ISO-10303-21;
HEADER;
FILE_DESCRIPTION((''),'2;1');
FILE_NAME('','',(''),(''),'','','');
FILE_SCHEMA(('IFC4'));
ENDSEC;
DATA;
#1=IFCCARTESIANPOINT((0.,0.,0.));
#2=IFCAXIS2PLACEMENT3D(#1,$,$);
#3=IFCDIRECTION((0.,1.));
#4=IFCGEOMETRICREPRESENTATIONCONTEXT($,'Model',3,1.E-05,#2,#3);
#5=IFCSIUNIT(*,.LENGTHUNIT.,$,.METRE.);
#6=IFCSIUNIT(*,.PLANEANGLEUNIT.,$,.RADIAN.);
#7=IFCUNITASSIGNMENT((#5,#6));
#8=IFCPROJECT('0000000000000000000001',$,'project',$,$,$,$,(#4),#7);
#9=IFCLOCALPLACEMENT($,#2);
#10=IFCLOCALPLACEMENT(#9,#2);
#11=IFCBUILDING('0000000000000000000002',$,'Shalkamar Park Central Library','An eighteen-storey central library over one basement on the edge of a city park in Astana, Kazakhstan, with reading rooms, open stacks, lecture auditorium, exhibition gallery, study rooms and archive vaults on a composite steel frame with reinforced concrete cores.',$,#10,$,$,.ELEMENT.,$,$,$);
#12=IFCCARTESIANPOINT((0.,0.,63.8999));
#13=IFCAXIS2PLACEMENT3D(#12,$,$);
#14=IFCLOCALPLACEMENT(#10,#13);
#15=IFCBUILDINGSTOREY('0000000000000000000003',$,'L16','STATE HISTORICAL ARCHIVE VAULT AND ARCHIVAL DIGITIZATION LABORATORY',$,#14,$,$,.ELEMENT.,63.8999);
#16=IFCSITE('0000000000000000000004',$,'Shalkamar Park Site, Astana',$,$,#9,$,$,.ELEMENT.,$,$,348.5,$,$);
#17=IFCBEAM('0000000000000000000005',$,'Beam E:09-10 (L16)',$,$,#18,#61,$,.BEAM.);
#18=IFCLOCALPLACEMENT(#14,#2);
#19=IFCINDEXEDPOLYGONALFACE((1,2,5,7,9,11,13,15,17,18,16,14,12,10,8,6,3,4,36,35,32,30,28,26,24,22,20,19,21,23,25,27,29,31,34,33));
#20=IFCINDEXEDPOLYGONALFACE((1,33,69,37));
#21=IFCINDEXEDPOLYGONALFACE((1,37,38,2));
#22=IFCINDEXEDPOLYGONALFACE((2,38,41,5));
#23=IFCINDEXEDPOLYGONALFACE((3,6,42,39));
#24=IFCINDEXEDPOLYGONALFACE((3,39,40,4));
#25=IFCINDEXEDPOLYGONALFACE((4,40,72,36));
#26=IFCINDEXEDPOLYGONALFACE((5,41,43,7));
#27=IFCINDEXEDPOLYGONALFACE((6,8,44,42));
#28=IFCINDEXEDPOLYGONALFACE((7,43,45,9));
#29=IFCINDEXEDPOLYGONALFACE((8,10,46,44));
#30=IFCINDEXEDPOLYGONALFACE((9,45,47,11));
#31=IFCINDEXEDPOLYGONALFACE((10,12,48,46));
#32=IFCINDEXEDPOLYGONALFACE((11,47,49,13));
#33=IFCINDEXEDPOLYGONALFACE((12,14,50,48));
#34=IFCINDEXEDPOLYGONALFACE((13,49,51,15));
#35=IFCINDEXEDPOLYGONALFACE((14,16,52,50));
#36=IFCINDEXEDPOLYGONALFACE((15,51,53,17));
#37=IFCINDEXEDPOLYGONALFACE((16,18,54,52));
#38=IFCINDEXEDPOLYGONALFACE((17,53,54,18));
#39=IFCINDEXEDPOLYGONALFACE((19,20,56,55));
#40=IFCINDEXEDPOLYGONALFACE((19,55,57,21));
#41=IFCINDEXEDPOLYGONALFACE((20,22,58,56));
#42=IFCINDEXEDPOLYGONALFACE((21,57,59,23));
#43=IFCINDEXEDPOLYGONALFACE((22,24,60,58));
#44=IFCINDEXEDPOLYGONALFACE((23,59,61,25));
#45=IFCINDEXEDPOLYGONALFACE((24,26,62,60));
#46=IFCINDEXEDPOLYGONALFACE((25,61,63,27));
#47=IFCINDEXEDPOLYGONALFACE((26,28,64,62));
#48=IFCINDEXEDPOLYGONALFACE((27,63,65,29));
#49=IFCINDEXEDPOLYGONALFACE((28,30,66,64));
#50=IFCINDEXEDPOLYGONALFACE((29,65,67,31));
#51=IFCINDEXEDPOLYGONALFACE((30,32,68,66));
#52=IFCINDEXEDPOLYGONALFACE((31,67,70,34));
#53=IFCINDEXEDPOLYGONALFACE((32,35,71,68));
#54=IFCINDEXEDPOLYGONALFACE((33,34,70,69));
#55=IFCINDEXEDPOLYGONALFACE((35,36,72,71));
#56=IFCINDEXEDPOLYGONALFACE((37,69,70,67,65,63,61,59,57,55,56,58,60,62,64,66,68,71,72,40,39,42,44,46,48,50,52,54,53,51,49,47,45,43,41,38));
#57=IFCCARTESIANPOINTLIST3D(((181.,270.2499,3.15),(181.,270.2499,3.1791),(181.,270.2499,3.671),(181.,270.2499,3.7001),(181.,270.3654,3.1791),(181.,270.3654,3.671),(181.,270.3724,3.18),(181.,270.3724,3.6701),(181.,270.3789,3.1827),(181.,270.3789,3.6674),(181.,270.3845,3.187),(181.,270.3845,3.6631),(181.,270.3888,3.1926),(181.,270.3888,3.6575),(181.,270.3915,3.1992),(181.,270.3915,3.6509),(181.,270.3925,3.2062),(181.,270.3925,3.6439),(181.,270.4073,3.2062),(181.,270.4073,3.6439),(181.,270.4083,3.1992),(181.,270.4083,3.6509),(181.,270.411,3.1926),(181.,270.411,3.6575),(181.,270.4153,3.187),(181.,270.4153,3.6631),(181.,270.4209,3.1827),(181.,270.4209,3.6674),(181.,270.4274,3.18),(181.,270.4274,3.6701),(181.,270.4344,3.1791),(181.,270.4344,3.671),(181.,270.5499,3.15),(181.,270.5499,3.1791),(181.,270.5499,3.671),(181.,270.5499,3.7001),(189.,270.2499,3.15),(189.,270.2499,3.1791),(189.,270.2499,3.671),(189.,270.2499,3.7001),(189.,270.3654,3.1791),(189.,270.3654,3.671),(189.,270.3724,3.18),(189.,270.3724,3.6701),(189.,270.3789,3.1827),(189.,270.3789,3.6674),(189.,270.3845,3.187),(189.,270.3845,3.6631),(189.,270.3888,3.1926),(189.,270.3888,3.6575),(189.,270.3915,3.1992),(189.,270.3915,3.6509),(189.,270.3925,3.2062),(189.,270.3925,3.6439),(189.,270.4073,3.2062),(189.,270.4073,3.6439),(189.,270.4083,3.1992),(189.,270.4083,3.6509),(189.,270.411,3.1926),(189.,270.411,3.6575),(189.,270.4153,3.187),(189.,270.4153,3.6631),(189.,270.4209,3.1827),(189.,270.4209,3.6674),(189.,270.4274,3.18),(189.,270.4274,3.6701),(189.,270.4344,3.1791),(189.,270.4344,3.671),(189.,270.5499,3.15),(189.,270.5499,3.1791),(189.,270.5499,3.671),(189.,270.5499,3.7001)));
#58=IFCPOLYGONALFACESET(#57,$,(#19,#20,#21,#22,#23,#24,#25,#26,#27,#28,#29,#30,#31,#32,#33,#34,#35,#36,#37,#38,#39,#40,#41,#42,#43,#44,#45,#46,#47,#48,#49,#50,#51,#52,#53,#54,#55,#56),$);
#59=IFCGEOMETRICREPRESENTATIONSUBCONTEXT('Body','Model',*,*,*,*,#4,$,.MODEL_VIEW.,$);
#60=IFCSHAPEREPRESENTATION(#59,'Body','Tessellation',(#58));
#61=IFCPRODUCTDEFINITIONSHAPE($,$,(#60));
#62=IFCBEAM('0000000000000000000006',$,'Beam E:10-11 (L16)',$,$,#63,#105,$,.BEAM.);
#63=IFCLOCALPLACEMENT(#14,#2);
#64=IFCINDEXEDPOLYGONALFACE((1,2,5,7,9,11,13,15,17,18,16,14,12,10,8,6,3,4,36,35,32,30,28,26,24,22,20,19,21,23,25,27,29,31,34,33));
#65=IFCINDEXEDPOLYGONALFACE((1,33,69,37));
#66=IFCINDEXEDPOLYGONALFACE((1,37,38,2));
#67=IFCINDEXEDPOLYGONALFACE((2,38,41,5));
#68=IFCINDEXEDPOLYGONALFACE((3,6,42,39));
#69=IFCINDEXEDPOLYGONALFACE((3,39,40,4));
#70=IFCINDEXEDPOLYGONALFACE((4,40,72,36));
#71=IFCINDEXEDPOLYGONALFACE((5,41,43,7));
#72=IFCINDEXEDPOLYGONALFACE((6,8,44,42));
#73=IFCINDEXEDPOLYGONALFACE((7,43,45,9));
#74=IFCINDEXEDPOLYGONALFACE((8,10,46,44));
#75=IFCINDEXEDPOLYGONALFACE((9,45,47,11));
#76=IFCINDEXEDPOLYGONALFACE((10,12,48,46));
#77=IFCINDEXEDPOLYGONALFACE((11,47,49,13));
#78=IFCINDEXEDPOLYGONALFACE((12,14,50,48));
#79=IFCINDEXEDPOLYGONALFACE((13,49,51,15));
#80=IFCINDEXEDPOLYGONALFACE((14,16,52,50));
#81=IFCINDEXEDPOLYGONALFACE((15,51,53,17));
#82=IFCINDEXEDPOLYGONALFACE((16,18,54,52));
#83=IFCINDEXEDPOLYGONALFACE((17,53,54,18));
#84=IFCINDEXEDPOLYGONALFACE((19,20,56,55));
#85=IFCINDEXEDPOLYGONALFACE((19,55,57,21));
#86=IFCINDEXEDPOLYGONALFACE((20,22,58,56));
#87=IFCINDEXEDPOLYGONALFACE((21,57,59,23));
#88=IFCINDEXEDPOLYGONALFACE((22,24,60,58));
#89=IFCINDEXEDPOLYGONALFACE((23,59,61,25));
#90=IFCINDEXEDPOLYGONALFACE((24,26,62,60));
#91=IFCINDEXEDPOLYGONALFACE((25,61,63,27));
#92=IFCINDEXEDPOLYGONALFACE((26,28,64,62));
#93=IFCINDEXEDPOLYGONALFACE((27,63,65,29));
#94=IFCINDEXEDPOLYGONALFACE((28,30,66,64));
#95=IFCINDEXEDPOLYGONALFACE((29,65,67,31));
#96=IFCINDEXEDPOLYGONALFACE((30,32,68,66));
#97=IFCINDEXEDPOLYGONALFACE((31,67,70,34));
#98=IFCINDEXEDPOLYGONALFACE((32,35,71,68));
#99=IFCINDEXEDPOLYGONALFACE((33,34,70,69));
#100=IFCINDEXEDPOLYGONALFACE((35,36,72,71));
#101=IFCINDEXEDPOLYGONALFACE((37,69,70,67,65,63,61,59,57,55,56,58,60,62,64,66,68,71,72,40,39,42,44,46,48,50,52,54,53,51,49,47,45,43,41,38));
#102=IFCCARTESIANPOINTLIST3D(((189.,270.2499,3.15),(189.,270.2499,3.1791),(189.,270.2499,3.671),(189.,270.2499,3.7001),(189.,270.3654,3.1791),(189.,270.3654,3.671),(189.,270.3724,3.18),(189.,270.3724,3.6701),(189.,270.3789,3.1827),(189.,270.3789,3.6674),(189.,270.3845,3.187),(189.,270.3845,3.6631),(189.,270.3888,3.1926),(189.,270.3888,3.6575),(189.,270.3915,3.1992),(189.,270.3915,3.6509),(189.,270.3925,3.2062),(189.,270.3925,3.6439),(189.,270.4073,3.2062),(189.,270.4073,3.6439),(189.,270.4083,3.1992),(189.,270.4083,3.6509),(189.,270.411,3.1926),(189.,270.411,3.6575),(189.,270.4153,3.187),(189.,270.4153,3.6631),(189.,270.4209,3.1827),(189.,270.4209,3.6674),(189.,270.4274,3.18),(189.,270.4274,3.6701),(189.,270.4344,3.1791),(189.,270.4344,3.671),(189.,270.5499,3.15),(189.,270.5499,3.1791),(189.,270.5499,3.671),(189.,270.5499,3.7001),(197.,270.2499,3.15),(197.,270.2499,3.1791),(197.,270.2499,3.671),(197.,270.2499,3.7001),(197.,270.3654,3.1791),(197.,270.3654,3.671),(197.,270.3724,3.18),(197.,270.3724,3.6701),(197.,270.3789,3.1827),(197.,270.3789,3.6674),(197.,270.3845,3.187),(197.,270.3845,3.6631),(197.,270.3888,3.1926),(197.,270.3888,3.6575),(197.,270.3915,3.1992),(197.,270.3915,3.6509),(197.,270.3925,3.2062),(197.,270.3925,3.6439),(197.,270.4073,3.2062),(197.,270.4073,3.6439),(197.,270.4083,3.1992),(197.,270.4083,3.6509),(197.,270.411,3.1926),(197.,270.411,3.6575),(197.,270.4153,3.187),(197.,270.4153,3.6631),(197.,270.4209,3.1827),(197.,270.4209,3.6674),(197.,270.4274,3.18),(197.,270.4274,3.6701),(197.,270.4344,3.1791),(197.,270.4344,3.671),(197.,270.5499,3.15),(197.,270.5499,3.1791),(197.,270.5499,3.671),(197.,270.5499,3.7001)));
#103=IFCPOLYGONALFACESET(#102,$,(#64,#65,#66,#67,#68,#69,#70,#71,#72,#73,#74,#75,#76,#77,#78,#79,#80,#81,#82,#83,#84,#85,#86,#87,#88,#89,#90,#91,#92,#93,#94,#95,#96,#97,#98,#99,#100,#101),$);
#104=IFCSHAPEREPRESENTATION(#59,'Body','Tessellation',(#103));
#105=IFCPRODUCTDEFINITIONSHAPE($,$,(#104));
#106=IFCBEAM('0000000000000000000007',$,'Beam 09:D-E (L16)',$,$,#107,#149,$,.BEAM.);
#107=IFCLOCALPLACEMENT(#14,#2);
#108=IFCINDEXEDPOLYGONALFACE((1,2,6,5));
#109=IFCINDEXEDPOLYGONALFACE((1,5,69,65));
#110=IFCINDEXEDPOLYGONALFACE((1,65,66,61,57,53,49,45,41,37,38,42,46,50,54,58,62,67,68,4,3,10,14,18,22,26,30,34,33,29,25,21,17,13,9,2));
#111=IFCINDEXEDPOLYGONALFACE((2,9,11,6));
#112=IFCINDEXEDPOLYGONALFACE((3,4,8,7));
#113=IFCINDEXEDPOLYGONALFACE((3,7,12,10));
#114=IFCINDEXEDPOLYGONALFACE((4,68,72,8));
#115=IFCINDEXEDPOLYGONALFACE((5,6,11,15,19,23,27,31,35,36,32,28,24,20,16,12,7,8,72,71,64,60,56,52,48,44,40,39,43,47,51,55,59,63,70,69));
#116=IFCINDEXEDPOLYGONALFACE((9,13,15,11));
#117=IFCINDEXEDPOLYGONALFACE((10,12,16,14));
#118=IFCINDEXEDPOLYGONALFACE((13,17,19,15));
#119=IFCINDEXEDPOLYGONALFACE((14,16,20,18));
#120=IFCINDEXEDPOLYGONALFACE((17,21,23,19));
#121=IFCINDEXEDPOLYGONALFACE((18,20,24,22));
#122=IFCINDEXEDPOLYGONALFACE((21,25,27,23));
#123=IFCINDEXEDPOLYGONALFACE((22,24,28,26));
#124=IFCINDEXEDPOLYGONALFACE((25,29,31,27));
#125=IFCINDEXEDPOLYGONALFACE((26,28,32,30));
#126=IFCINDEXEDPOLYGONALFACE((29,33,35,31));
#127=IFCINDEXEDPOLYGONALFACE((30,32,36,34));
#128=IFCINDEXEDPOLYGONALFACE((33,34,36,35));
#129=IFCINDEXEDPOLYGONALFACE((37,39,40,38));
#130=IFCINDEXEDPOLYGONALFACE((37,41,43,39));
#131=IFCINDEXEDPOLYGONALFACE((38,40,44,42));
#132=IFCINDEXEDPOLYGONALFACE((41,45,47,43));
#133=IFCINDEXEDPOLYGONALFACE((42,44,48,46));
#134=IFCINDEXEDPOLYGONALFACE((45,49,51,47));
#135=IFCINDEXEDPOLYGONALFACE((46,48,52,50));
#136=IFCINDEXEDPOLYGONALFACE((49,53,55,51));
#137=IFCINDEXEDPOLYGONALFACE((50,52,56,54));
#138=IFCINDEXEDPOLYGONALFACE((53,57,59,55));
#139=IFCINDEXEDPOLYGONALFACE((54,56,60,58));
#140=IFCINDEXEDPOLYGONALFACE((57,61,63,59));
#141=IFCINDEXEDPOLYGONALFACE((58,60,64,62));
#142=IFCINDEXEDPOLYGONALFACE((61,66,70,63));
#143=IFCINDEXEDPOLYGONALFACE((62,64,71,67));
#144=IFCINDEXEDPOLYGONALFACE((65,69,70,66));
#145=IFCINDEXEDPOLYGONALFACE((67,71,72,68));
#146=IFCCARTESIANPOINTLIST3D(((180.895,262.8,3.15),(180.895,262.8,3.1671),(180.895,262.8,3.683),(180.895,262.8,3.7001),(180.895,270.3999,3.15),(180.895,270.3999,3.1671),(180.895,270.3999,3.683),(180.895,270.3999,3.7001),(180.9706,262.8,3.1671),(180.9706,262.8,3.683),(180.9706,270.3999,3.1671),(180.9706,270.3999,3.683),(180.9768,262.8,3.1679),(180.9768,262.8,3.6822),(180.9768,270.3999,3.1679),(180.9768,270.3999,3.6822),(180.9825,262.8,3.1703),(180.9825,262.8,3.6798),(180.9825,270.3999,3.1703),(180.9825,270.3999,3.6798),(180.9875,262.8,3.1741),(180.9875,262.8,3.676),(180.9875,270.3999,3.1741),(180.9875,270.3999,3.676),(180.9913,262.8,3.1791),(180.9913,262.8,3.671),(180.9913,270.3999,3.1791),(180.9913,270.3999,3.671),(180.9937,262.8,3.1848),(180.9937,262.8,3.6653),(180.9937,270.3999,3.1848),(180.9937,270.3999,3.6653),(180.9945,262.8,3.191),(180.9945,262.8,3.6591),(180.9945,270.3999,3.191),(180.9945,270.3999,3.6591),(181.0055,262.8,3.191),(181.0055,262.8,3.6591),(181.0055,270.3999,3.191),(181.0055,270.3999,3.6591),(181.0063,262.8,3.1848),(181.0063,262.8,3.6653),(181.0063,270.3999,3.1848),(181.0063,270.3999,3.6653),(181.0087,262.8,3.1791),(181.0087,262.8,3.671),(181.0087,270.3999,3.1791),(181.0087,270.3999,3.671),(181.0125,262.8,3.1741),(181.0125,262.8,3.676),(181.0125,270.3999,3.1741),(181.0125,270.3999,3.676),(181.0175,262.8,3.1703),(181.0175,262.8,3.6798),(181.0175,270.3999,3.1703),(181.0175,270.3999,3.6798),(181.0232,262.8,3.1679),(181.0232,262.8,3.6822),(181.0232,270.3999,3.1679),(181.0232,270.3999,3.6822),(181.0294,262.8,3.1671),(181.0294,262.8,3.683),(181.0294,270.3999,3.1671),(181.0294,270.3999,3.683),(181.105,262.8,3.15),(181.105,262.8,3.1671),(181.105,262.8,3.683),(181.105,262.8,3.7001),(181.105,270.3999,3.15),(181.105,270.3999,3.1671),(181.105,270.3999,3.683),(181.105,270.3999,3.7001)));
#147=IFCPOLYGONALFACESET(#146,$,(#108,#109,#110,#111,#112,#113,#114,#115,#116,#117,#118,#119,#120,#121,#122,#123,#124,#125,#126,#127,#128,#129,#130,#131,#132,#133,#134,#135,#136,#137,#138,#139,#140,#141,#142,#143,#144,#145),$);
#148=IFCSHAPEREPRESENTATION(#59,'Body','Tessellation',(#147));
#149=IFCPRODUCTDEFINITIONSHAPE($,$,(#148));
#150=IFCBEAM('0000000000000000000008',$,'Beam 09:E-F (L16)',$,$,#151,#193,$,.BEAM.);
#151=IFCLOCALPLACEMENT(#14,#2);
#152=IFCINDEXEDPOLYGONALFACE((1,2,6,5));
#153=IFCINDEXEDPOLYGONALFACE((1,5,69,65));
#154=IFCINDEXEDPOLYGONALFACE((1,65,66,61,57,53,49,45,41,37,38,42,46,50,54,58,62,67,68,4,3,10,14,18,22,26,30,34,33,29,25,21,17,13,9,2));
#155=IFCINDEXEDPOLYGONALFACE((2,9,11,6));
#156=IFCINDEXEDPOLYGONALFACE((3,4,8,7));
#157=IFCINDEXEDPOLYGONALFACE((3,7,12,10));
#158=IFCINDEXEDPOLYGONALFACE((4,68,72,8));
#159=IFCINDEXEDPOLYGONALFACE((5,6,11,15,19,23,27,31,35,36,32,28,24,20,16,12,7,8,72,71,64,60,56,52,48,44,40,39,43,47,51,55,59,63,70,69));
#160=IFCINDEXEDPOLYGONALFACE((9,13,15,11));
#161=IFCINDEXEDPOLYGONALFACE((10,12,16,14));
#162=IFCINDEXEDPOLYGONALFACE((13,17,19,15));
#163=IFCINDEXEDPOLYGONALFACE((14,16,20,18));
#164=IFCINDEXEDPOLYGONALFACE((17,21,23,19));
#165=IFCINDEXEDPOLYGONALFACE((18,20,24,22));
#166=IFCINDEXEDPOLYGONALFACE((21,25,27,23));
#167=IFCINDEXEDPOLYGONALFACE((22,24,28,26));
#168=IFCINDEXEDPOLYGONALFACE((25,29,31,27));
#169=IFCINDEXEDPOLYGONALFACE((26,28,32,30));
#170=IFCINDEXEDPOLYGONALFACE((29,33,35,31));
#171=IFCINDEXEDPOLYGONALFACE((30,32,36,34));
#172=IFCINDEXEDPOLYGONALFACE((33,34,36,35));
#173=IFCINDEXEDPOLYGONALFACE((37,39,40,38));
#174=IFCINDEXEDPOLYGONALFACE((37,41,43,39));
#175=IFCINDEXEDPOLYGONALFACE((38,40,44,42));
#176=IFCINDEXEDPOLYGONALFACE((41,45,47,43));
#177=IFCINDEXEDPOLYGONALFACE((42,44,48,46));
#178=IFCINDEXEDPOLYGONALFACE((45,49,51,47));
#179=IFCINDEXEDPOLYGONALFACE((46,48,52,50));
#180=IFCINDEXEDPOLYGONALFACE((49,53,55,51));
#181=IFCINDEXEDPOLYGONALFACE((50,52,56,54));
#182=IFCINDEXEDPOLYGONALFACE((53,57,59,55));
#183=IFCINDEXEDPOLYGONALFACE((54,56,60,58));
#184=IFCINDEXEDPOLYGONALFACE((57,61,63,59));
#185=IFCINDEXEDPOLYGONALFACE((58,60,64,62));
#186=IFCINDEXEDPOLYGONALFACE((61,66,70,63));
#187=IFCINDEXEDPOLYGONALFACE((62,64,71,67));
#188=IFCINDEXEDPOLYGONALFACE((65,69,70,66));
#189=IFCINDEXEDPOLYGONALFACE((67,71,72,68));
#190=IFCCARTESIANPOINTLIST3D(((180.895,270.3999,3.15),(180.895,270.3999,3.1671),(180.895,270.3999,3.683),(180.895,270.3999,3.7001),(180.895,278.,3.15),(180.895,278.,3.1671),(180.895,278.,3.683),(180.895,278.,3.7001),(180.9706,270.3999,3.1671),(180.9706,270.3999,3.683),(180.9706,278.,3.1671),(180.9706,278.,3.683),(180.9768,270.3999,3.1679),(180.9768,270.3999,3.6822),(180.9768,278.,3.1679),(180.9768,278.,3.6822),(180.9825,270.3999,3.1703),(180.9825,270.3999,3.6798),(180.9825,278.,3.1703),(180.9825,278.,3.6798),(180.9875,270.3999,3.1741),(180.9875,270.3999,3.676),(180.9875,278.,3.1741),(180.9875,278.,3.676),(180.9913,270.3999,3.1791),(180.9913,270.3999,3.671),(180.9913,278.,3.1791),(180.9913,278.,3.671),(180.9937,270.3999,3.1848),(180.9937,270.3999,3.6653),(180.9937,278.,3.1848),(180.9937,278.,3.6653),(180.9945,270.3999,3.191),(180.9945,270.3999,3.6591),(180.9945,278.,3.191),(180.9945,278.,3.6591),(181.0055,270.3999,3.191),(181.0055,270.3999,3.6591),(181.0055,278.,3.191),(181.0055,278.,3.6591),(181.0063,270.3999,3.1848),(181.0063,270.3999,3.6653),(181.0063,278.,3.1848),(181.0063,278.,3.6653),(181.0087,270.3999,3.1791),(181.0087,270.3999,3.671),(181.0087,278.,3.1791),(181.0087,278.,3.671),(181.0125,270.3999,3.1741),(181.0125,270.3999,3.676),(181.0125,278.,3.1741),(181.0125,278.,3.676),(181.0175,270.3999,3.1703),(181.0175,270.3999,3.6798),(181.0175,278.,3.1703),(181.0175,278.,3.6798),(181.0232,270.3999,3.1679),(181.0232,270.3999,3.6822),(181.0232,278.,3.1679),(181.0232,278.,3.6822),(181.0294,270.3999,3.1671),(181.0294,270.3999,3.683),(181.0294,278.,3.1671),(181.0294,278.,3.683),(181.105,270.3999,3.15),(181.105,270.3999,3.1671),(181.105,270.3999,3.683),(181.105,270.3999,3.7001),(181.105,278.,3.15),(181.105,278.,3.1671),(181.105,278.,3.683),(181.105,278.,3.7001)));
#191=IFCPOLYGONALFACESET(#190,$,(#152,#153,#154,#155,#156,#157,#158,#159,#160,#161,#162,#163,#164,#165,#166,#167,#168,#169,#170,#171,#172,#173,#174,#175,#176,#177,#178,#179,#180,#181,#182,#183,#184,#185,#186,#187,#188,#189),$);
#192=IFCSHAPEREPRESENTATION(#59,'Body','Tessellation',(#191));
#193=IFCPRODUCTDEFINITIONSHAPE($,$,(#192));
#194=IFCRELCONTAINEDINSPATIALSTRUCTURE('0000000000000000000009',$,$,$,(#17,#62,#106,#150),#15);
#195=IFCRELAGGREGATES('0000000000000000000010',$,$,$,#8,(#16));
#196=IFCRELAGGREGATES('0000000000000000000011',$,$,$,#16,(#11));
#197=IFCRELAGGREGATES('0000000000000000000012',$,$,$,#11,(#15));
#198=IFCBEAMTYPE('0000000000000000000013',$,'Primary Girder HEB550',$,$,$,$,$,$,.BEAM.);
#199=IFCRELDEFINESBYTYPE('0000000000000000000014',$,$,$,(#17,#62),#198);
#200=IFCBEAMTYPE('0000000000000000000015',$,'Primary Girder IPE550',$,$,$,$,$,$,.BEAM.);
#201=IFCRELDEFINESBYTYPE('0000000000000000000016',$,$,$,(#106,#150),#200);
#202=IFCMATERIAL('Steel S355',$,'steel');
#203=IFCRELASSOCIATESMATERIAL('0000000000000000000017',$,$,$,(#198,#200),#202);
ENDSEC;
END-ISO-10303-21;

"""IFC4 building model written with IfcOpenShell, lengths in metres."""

from ifc_helpers import new_model, si_unit, direction, frame, origin, origin_2d, place, context, subcontext, project, spatial, i_section, extrude, material, material_profile, profile_set, type_object, element, save


model = new_model("IFC4")

# Units and contexts
model_context = context("Model", 3, precision=1e-05, world=origin(), true_north=direction((0.0, 1.0)))
body_context = subcontext(model_context, "Body", "Model", "MODEL_VIEW")
ifc_project = project(units=[si_unit("LENGTHUNIT", "METRE"), si_unit("PLANEANGLEUNIT", "RADIAN")], contexts=[model_context])

# Site, building, storey
site_placement = place(None, origin())
site = spatial("IfcSite", under=ifc_project, at=site_placement, Name="Shalkamar Park Site, Astana", CompositionType="ELEMENT", RefElevation=348.5)
building_placement = place(site_placement, origin())
building = spatial("IfcBuilding", under=site, at=building_placement, Name="Shalkamar Park Central Library", Description="An eighteen-storey central library over one basement on the edge of a city park in Astana, Kazakhstan, with reading rooms, open stacks, lecture auditorium, exhibition gallery, study rooms and archive vaults on a composite steel frame with reinforced concrete cores.", CompositionType="ELEMENT")
storey_placement = place(building_placement, frame((0.0, 0.0, 63.8999)))
storey = spatial("IfcBuildingStorey", under=building, at=storey_placement, Name="L16", Description="STATE HISTORICAL ARCHIVE VAULT AND ARCHIVAL DIGITIZATION LABORATORY", CompositionType="ELEMENT", Elevation=63.8999)

# Shared definitions
ifc_material_1 = material(Name="Steel S355", Category="steel")

# Beams
ifc_material_profile_1 = material_profile(ifc_material_1, i_section(OverallWidth=0.3, OverallDepth=0.55, WebThickness=0.0149, FlangeThickness=0.0291, FilletRadius=0.0271, at=origin_2d()), Name="HEB 550")
ifc_profile_set_1 = profile_set([ifc_material_profile_1], Name="Steel S355")
beam_type_1 = type_object("IfcBeamType", Name="Primary Girder HEB550", PredefinedType="BEAM", material=ifc_profile_set_1)
for number, where, z_axis, x_axis, name in (
    (1, (181.0, 270.3999, 3.425), (1.0, 0.0, 0.0), (0.0, 1.0, 0.0), "Beam E:09-10 (L16)"),
    (2, (189.0, 270.3999, 3.425), (1.0, 0.0, 0.0), (0.0, 1.0, 0.0), "Beam E:10-11 (L16)"),
):
    element("IfcBeam", number, at=place(storey_placement, frame(where, z_axis=z_axis, x_axis=x_axis)), inside=storey, type_object=beam_type_1, Name=name, PredefinedType="BEAM", context=body_context, shape_type="SweptSolid", body=[
        extrude(i_section(OverallWidth=0.3, OverallDepth=0.55, WebThickness=0.0149, FlangeThickness=0.0291, FilletRadius=0.0271, at=origin_2d()), origin(), (0.0, 0.0, 1.0), 8.0),
    ])
ifc_material_profile_2 = material_profile(ifc_material_1, i_section(OverallWidth=0.21, OverallDepth=0.55, WebThickness=0.011, FlangeThickness=0.0171, FilletRadius=0.0239, at=origin_2d()), Name="IPE 550")
ifc_profile_set_2 = profile_set([ifc_material_profile_2], Name="Steel S355")
beam_type_2 = type_object("IfcBeamType", Name="Primary Girder IPE550", PredefinedType="BEAM", material=ifc_profile_set_2)
beam_1_placement = place(storey_placement, frame((181.0, 262.8, 3.425), z_axis=(0.0, 1.0, 0.0), x_axis=(-1.0, 0.0, 0.0)))
element("IfcBeam", 3, at=beam_1_placement, inside=storey, type_object=beam_type_2, Name="Beam 09:D-E (L16)", PredefinedType="BEAM", context=body_context, shape_type="SweptSolid", body=[
    extrude(i_section(OverallWidth=0.21, OverallDepth=0.55, WebThickness=0.011, FlangeThickness=0.0171, FilletRadius=0.0239, at=origin_2d()), origin(), (0.0, 0.0, 1.0), 7.5999),
])
beam_2_placement = place(storey_placement, frame((181.0, 270.3999, 3.425), z_axis=(0.0, 1.0, 0.0), x_axis=(-1.0, 0.0, 0.0)))
element("IfcBeam", 4, at=beam_2_placement, inside=storey, type_object=beam_type_2, Name="Beam 09:E-F (L16)", PredefinedType="BEAM", context=body_context, shape_type="SweptSolid", body=[
    extrude(i_section(OverallWidth=0.21, OverallDepth=0.55, WebThickness=0.011, FlangeThickness=0.0171, FilletRadius=0.0239, at=origin_2d()), origin(), (0.0, 0.0, 1.0), 7.6001),
])

save(model, "model.ifc")
